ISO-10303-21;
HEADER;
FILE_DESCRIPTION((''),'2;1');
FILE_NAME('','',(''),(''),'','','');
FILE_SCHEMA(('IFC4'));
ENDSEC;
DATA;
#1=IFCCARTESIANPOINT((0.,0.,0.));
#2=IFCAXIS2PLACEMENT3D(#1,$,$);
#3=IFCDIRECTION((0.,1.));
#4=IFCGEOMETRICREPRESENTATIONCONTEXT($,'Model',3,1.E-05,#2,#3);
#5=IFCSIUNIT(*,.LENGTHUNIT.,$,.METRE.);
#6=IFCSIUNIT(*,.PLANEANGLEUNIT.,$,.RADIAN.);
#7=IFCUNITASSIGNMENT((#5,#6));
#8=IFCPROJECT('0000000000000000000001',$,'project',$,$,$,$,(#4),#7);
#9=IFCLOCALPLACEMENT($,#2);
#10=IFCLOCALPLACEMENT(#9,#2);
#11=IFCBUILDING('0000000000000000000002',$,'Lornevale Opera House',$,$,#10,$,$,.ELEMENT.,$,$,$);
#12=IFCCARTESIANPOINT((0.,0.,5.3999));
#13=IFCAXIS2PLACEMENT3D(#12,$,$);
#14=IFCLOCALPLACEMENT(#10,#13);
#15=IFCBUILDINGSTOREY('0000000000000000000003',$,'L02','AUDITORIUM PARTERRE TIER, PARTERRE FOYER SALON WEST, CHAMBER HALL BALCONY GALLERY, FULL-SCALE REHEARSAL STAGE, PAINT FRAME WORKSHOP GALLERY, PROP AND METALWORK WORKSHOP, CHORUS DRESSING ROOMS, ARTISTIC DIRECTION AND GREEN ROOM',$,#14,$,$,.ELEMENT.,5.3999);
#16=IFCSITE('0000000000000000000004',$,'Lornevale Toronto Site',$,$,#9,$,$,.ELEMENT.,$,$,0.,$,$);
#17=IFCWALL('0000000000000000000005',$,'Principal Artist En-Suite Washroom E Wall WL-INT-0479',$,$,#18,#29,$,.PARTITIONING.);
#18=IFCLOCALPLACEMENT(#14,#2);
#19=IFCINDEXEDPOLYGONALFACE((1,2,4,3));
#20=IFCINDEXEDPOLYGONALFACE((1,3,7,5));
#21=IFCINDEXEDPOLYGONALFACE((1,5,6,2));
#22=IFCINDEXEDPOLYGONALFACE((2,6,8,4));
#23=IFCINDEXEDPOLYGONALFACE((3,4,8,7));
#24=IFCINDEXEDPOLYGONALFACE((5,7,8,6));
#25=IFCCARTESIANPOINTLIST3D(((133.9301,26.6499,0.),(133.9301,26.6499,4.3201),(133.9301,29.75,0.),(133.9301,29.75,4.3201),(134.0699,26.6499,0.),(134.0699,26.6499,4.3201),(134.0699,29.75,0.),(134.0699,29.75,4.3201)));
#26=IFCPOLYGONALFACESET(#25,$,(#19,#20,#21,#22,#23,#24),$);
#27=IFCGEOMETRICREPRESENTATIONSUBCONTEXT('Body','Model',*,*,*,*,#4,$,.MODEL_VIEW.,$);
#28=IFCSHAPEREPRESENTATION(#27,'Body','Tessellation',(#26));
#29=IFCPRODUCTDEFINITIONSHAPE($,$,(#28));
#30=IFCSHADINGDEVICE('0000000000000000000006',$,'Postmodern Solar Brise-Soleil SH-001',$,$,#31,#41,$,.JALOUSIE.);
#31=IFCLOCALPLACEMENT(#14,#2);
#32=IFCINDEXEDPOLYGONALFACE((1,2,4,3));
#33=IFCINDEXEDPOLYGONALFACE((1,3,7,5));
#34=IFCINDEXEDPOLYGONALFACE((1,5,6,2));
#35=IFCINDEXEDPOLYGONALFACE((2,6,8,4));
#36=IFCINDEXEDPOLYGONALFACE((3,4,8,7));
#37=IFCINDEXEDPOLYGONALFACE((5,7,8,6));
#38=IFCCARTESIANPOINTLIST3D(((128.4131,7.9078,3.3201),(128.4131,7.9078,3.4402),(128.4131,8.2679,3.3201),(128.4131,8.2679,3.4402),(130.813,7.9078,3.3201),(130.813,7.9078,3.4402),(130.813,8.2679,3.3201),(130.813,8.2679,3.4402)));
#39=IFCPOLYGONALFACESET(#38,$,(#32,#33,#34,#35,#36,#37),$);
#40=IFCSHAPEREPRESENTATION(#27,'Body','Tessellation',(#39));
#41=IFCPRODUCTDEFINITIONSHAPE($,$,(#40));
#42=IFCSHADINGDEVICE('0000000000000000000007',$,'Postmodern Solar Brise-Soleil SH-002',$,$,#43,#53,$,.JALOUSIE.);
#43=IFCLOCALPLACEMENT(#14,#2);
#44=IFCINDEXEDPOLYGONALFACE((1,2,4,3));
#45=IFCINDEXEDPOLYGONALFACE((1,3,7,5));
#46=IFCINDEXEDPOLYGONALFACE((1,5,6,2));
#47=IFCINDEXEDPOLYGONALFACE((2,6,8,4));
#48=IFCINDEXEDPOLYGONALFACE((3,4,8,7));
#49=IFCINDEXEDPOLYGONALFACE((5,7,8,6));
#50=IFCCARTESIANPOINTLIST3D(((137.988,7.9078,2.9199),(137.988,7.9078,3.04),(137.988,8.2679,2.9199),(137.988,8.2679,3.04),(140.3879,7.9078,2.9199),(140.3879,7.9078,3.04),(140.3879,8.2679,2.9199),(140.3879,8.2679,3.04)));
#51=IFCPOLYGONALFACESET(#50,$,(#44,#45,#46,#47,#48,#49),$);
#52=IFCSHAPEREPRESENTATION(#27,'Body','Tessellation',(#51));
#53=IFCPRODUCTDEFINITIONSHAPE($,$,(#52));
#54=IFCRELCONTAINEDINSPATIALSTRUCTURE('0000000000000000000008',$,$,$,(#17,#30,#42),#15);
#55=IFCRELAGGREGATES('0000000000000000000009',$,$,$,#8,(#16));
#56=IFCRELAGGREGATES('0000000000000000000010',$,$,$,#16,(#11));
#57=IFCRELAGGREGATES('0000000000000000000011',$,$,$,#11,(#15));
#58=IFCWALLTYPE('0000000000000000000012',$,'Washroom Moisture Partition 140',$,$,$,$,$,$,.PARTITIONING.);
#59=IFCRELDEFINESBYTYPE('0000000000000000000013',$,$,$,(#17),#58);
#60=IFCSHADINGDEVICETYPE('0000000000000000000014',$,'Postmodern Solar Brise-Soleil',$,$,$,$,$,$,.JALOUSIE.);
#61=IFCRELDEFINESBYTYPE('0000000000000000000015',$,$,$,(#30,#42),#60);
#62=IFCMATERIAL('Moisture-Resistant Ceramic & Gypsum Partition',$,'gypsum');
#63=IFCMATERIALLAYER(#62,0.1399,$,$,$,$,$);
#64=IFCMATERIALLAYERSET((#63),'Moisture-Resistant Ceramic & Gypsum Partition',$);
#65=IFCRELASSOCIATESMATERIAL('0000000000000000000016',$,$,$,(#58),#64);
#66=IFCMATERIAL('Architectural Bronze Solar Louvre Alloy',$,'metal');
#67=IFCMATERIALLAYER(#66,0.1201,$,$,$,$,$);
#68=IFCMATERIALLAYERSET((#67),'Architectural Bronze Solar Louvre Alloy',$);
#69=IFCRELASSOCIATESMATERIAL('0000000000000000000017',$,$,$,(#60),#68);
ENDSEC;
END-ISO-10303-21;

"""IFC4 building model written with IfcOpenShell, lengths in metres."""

from ifc_helpers import new_model, si_unit, direction, frame, frame_2d, origin, origin_2d, place, context, subcontext, project, spatial, rectangle, extrude, material, layer, layer_set, type_object, element, save


model = new_model("IFC4")

# Units and contexts
model_context = context("Model", 3, precision=1e-05, world=origin(), true_north=direction((0.0, 1.0)))
body_context = subcontext(model_context, "Body", "Model", "MODEL_VIEW")
ifc_project = project(units=[si_unit("LENGTHUNIT", "METRE"), si_unit("PLANEANGLEUNIT", "RADIAN")], contexts=[model_context])

# Site, building, storey
site_placement = place(None, origin())
site = spatial("IfcSite", under=ifc_project, at=site_placement, Name="Lornevale Toronto Site", CompositionType="ELEMENT", RefElevation=0.0)
building_placement = place(site_placement, origin())
building = spatial("IfcBuilding", under=site, at=building_placement, Name="Lornevale Opera House", CompositionType="ELEMENT")
storey_placement = place(building_placement, frame((0.0, 0.0, 5.3999)))
storey = spatial("IfcBuildingStorey", under=building, at=storey_placement, Name="L02", Description="AUDITORIUM PARTERRE TIER, PARTERRE FOYER SALON WEST, CHAMBER HALL BALCONY GALLERY, FULL-SCALE REHEARSAL STAGE, PAINT FRAME WORKSHOP GALLERY, PROP AND METALWORK WORKSHOP, CHORUS DRESSING ROOMS, ARTISTIC DIRECTION AND GREEN ROOM", CompositionType="ELEMENT", Elevation=5.3999)

# Wall
ifc_material_1 = material(Name="Moisture-Resistant Ceramic & Gypsum Partition", Category="gypsum")
ifc_layer_1 = layer(ifc_material_1, 0.1399)
ifc_layer_set_1 = layer_set([ifc_layer_1], Name="Moisture-Resistant Ceramic & Gypsum Partition")
wall_type_1 = type_object("IfcWallType", Name="Washroom Moisture Partition 140", PredefinedType="PARTITIONING", material=ifc_layer_set_1)
wall_1_placement = place(storey_placement, frame((134.0, 26.6499, 0.0), z_axis=(0.0, 0.0, 1.0), x_axis=(0.0, 1.0, 0.0)))
element("IfcWall", 1, at=wall_1_placement, inside=storey, type_object=wall_type_1, Name="Principal Artist En-Suite Washroom E Wall WL-INT-0479", PredefinedType="PARTITIONING", context=body_context, shape_type="SweptSolid", body=[
    extrude(rectangle(XDim=3.1001, YDim=0.1399, at=frame_2d((1.55, 0.0))), origin(), (0.0, 0.0, 1.0), 4.3201),
])

# Shading devices
ifc_material_2 = material(Name="Architectural Bronze Solar Louvre Alloy", Category="metal")
ifc_layer_2 = layer(ifc_material_2, 0.1201)
ifc_layer_set_2 = layer_set([ifc_layer_2], Name="Architectural Bronze Solar Louvre Alloy")
shading_device_type = type_object("IfcShadingDeviceType", Name="Postmodern Solar Brise-Soleil", PredefinedType="JALOUSIE", material=ifc_layer_set_2)
for number, where, z_axis, x_axis, name in (
    (2, (129.613, 8.0879, 3.3201), (0.0, 0.0, 1.0), (1.0, 0.0, 0.0), "Postmodern Solar Brise-Soleil SH-001"),
    (3, (139.188, 8.0879, 2.9199), (0.0, 0.0, 1.0), (1.0, 0.0, 0.0), "Postmodern Solar Brise-Soleil SH-002"),
):
    element("IfcShadingDevice", number, at=place(storey_placement, frame(where, z_axis=z_axis, x_axis=x_axis)), inside=storey, type_object=shading_device_type, Name=name, PredefinedType="JALOUSIE", context=body_context, shape_type="SweptSolid", body=[
        extrude(rectangle(XDim=2.3999, YDim=0.3601, at=origin_2d()), origin(), (0.0, 0.0, 1.0), 0.1201),
    ])

save(model, "model.ifc")
